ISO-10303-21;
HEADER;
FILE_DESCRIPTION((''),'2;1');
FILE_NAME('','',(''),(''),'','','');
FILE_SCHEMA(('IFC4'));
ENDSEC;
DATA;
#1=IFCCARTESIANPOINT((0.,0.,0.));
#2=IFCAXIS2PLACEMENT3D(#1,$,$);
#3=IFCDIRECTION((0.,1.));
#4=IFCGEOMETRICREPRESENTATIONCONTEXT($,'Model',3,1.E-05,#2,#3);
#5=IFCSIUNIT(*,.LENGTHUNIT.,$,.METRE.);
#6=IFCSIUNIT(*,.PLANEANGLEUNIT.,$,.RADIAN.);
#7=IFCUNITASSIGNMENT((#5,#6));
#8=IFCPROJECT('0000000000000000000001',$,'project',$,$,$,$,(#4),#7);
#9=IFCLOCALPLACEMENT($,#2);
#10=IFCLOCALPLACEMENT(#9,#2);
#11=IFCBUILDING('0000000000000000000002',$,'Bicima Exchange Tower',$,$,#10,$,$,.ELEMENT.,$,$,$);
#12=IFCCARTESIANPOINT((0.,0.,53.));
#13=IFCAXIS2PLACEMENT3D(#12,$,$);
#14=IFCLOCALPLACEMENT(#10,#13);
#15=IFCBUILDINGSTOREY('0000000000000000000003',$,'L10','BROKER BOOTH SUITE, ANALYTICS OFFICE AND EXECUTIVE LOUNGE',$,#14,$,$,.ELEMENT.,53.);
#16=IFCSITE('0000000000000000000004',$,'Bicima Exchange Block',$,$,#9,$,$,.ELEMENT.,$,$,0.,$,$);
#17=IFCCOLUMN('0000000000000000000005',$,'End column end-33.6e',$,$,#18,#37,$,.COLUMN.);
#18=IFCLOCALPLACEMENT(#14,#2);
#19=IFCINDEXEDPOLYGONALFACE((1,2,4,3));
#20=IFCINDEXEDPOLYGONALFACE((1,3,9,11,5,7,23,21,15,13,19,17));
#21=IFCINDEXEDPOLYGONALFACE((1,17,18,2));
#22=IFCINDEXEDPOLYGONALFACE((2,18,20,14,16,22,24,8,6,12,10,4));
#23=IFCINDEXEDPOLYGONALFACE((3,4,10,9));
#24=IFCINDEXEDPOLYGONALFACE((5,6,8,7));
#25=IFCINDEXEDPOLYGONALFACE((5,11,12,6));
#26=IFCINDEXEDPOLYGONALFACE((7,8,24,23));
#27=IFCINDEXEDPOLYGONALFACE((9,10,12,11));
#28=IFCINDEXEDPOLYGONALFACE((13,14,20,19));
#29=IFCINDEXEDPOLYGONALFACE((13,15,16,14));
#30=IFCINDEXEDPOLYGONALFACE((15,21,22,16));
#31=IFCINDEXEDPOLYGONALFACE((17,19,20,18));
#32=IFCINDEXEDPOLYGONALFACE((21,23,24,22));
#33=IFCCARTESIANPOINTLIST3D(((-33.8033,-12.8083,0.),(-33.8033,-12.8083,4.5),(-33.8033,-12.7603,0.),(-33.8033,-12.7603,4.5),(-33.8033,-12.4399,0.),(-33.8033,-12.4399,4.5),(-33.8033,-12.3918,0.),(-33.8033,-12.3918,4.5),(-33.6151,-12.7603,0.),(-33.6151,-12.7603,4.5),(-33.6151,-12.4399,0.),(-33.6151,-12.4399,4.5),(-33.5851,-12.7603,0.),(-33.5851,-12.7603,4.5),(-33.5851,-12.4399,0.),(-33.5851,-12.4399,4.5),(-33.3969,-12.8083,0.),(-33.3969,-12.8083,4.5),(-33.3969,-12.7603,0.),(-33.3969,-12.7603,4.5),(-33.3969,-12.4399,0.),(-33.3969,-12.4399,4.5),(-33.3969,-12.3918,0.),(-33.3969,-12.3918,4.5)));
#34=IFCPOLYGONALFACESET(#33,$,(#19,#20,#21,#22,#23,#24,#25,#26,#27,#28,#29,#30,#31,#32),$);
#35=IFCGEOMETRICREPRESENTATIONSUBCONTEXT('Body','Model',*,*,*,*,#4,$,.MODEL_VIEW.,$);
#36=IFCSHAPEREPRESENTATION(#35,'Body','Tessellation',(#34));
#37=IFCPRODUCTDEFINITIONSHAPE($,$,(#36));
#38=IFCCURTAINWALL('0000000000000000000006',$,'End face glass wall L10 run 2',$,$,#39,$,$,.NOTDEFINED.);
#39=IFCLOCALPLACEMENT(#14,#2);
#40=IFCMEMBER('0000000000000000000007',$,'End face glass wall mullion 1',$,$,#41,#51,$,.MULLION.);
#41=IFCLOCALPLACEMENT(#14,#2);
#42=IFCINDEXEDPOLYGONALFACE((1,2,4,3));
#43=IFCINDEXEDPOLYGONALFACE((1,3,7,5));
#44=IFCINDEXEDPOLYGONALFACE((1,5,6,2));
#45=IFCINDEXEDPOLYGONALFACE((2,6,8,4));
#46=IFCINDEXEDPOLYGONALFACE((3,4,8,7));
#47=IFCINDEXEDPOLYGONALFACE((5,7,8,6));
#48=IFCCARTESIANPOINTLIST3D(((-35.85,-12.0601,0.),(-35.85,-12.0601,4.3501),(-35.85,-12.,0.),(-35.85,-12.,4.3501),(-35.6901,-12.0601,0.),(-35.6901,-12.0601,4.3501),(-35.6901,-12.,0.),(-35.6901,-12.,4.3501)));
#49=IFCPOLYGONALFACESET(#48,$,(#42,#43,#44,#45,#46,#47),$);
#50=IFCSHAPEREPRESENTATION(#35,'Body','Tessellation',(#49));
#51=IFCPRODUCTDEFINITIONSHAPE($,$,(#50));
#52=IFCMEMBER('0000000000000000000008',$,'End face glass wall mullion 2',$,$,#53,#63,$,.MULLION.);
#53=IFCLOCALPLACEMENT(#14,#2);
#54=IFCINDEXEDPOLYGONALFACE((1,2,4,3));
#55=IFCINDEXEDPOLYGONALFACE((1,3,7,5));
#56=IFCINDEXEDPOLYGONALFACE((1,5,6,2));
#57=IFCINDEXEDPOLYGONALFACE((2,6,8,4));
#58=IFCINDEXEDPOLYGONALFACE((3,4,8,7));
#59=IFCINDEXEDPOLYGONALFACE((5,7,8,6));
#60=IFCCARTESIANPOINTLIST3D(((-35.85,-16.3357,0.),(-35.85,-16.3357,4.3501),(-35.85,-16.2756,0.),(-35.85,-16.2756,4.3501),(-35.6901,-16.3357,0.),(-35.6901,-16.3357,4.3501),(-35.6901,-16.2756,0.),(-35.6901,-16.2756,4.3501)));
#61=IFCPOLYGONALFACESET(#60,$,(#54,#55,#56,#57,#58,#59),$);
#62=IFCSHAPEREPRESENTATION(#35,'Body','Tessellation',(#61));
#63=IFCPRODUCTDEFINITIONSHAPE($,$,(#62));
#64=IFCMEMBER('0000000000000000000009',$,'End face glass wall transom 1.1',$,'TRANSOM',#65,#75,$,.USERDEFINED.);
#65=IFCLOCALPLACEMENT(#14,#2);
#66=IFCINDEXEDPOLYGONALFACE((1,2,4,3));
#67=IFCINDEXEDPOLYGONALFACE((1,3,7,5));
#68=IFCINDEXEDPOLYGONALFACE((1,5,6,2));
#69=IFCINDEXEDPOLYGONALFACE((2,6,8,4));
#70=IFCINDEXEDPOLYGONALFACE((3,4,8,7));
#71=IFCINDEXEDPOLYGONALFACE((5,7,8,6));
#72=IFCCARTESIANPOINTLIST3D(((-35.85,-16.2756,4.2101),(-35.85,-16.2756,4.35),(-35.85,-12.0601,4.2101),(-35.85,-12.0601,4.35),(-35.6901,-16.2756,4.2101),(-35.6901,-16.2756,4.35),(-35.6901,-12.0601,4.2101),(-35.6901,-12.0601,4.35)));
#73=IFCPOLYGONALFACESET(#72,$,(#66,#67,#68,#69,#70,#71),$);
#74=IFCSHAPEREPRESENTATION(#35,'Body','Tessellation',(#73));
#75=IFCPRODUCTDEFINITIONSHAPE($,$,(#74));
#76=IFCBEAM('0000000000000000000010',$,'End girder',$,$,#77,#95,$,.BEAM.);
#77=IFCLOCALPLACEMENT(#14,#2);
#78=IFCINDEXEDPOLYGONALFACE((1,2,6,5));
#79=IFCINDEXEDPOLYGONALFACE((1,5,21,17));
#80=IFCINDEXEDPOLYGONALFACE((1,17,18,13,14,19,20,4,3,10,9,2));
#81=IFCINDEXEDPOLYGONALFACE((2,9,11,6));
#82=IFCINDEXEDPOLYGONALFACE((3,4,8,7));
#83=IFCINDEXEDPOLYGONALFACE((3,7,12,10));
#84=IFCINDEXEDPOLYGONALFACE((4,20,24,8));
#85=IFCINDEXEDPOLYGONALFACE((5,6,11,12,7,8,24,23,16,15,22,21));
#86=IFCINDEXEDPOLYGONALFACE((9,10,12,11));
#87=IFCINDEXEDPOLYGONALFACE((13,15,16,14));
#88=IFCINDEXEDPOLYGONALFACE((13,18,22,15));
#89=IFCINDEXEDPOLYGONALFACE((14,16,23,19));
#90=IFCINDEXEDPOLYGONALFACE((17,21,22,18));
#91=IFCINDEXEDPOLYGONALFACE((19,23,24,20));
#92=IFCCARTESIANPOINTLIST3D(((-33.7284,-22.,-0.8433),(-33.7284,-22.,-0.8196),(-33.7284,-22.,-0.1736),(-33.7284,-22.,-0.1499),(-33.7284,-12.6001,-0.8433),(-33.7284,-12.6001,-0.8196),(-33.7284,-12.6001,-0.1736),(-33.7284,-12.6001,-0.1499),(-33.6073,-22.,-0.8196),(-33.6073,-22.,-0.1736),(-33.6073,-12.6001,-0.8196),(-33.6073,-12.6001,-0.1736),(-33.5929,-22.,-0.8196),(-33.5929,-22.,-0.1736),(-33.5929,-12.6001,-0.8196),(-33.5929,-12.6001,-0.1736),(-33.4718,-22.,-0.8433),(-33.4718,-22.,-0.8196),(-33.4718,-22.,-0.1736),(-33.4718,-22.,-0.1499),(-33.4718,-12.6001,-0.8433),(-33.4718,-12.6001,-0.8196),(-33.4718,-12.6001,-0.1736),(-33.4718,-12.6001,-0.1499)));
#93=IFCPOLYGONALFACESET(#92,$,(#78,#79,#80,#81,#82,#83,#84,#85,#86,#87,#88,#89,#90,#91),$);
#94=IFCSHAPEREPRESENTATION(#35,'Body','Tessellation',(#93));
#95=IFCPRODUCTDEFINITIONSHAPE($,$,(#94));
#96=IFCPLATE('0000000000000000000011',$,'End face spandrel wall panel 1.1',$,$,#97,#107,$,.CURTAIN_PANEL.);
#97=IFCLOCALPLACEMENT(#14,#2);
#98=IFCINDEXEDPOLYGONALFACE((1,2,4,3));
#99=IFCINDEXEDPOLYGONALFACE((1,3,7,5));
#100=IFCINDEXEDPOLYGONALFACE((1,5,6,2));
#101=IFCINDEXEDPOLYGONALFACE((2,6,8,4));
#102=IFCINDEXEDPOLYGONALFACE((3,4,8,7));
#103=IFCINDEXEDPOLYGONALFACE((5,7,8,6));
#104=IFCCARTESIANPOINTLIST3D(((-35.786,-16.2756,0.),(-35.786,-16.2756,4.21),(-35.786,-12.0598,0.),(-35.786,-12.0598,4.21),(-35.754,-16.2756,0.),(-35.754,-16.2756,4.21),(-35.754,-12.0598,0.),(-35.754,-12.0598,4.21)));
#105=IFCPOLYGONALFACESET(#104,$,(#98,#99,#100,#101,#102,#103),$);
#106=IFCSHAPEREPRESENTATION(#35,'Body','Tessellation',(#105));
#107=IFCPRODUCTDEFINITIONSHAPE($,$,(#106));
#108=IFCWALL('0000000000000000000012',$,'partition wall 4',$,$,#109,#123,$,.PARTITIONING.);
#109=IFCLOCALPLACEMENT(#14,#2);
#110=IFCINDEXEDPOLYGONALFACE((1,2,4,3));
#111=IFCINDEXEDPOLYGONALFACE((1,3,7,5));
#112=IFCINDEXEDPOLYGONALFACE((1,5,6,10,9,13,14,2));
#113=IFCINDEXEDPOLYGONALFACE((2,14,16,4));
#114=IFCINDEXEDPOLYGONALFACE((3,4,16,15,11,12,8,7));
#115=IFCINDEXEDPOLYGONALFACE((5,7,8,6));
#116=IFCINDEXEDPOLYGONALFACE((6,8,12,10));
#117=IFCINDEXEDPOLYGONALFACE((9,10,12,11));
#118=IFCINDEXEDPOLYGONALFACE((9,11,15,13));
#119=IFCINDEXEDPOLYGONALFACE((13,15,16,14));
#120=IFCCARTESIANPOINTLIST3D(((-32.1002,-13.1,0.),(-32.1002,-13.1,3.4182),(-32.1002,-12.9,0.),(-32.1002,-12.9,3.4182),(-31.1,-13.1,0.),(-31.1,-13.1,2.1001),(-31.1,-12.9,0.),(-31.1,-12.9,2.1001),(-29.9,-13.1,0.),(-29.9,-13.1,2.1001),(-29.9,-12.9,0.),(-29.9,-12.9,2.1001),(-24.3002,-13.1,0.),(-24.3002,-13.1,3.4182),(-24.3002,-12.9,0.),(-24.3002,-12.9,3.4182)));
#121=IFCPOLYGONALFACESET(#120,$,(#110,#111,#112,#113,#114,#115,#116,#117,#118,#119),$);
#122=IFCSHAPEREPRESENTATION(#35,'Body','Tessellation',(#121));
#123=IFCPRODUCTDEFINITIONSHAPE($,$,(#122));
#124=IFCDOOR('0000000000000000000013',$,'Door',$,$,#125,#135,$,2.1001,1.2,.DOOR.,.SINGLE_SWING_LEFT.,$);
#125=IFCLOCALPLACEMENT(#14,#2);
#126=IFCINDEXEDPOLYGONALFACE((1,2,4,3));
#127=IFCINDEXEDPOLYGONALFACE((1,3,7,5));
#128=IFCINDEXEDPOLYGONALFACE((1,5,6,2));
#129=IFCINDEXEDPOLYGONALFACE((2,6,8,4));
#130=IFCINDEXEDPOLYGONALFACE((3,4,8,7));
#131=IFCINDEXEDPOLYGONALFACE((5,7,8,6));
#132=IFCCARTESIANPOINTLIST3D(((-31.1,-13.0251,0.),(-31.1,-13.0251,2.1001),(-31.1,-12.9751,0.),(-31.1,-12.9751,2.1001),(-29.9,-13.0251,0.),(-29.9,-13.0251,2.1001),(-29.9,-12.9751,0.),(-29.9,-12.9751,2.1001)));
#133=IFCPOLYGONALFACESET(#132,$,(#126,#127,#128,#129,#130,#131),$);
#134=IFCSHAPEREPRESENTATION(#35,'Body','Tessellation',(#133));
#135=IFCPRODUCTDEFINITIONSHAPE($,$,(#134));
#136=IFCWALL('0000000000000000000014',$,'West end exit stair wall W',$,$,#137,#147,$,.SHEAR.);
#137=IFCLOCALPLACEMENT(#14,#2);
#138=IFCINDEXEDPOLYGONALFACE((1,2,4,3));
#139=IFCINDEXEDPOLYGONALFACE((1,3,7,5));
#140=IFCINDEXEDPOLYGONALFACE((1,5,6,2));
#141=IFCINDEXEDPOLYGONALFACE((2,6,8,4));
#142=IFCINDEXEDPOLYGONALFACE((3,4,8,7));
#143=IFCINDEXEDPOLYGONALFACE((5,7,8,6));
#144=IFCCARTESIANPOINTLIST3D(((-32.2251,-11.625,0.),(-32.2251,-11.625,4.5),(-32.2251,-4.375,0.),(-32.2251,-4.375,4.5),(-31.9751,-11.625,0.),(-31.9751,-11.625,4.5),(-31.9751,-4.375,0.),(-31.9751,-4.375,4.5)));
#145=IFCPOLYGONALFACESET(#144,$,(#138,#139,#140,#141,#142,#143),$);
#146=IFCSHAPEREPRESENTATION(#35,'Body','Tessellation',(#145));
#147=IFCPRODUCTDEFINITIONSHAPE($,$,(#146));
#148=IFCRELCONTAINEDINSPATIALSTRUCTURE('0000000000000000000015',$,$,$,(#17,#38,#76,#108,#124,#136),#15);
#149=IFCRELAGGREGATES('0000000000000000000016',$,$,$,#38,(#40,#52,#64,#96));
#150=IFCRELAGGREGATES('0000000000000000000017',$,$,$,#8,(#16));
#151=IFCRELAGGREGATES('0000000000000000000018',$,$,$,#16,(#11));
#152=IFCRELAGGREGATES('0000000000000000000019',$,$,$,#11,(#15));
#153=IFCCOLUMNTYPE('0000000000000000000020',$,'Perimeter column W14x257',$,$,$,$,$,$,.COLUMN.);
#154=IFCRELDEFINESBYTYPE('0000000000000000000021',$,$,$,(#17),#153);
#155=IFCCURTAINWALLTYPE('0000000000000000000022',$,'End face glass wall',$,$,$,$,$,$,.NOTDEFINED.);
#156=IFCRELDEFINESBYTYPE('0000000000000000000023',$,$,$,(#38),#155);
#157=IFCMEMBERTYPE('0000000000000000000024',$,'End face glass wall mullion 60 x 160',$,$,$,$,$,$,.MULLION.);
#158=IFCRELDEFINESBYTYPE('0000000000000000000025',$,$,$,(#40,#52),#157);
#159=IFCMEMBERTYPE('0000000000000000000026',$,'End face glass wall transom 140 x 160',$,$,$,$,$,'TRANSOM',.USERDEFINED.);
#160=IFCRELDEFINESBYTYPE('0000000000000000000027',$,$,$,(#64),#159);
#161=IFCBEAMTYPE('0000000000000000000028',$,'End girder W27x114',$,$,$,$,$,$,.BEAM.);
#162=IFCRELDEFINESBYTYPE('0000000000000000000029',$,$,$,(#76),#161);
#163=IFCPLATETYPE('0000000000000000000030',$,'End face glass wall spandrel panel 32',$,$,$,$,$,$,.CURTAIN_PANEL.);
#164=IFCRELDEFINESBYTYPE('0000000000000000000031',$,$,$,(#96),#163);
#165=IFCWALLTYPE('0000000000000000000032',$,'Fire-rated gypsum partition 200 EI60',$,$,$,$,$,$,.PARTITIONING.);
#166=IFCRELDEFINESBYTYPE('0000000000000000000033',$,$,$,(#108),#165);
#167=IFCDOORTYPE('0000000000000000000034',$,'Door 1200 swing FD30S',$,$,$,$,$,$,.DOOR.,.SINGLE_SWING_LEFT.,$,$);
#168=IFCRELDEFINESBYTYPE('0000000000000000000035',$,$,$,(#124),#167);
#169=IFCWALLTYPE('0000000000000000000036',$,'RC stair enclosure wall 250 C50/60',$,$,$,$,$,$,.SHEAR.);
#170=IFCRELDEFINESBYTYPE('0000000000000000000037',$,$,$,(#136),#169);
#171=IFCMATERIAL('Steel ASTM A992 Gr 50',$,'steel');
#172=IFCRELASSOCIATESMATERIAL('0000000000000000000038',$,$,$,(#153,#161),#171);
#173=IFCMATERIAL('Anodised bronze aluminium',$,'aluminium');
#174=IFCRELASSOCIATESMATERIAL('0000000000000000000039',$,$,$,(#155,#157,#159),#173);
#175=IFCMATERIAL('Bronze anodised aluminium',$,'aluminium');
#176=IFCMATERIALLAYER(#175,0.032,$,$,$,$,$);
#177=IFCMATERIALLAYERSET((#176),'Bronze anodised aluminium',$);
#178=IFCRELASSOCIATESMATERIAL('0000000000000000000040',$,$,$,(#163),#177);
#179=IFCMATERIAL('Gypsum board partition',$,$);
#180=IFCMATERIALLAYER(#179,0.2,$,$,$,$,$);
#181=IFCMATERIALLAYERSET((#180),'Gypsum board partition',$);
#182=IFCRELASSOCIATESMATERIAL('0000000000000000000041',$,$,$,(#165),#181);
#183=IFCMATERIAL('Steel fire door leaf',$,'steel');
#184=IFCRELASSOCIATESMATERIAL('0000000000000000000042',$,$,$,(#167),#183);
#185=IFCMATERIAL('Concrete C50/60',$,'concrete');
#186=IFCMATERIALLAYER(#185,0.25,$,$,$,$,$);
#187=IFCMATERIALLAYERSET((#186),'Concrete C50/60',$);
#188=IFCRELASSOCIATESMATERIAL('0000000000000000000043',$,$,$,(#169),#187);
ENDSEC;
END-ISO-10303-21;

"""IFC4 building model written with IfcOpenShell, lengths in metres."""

from ifc_helpers import new_model, si_unit, direction, frame, frame_2d, origin, origin_2d, place, context, subcontext, project, spatial, rectangle, i_section, extrude, material, layer, layer_set, material_profile, profile_set, type_object, element, fill, aggregate, save


model = new_model("IFC4")

# Units and contexts
model_context = context("Model", 3, precision=1e-05, world=origin(), true_north=direction((0.0, 1.0)))
body_context = subcontext(model_context, "Body", "Model", "MODEL_VIEW")
ifc_project = project(units=[si_unit("LENGTHUNIT", "METRE"), si_unit("PLANEANGLEUNIT", "RADIAN")], contexts=[model_context])

# Site, building, storey
site_placement = place(None, origin())
site = spatial("IfcSite", under=ifc_project, at=site_placement, Name="Bicima Exchange Block", CompositionType="ELEMENT", RefElevation=0.0)
building_placement = place(site_placement, origin())
building = spatial("IfcBuilding", under=site, at=building_placement, Name="Bicima Exchange Tower", CompositionType="ELEMENT")
storey_placement = place(building_placement, frame((0.0, 0.0, 53.0)))
storey = spatial("IfcBuildingStorey", under=building, at=storey_placement, Name="L10", Description="BROKER BOOTH SUITE, ANALYTICS OFFICE AND EXECUTIVE LOUNGE", CompositionType="ELEMENT", Elevation=53.0)

# Column
ifc_material_1 = material(Name="Steel ASTM A992 Gr 50", Category="steel")
ifc_material_profile_1 = material_profile(ifc_material_1, i_section(OverallWidth=0.4065, OverallDepth=0.4165, WebThickness=0.03, FlangeThickness=0.0481, at=origin_2d()))
ifc_profile_set_1 = profile_set([ifc_material_profile_1], Name="Steel ASTM A992 Gr 50")
column_type = type_object("IfcColumnType", Name="Perimeter column W14x257", PredefinedType="COLUMN", material=ifc_profile_set_1)
column_placement = place(storey_placement, frame((-33.6001, -12.6001, 0.0), z_axis=(0.0, 0.0, 1.0), x_axis=(1.0, 0.0, 0.0)))
element("IfcColumn", 1, at=column_placement, inside=storey, type_object=column_type, Name="End column end-33.6e", PredefinedType="COLUMN", context=body_context, shape_type="SweptSolid", body=[
    extrude(i_section(OverallWidth=0.4065, OverallDepth=0.4165, WebThickness=0.03, FlangeThickness=0.0481, at=origin_2d()), origin(), (0.0, 0.0, 1.0), 4.5),
])

# Curtain wall, members
ifc_material_2 = material(Name="Anodised bronze aluminium", Category="aluminium")
curtain_wall_type = type_object("IfcCurtainWallType", Name="End face glass wall", PredefinedType="NOTDEFINED", material=ifc_material_2)
curtain_wall_placement = place(storey_placement, origin())
curtain_wall = element("IfcCurtainWall", 2, at=curtain_wall_placement, inside=storey, type_object=curtain_wall_type, Name="End face glass wall L10 run 2", PredefinedType="NOTDEFINED")
ifc_material_profile_2 = material_profile(ifc_material_2, rectangle(XDim=0.1599, YDim=0.0601, at=origin_2d()))
ifc_profile_set_2 = profile_set([ifc_material_profile_2], Name="Anodised bronze aluminium")
member_type_1 = type_object("IfcMemberType", Name="End face glass wall mullion 60 x 160", PredefinedType="MULLION", material=ifc_profile_set_2)
member_1_placement = place(storey_placement, frame((-35.77, -12.03, 0.0), z_axis=(0.0, 0.0, 1.0), x_axis=(1.0, 0.0, 0.0)))
member_1 = element("IfcMember", 3, at=member_1_placement, type_object=member_type_1, Name="End face glass wall mullion 1", PredefinedType="MULLION", context=body_context, shape_type="SweptSolid", body=[
    extrude(rectangle(XDim=0.1599, YDim=0.0601, at=origin_2d()), origin(), (0.0, 0.0, 1.0), 4.3501),
])
member_2_placement = place(storey_placement, frame((-35.77, -16.3057, 0.0), z_axis=(0.0, 0.0, 1.0), x_axis=(1.0, 0.0, 0.0)))
member_2 = element("IfcMember", 4, at=member_2_placement, type_object=member_type_1, Name="End face glass wall mullion 2", PredefinedType="MULLION", context=body_context, shape_type="SweptSolid", body=[
    extrude(rectangle(XDim=0.1599, YDim=0.0601, at=origin_2d()), origin(), (0.0, 0.0, 1.0), 4.3501),
])
ifc_material_profile_3 = material_profile(ifc_material_2, rectangle(XDim=0.1599, YDim=0.1399, at=origin_2d()))
ifc_profile_set_3 = profile_set([ifc_material_profile_3], Name="Anodised bronze aluminium")
member_type_2 = type_object("IfcMemberType", Name="End face glass wall transom 140 x 160", ElementType="TRANSOM", PredefinedType="USERDEFINED", material=ifc_profile_set_3)
member_3_placement = place(storey_placement, frame((-35.77, -12.0601, 4.28), z_axis=(0.0, -1.0, 0.0), x_axis=(1.0, 0.0, 0.0)))
member_3 = element("IfcMember", 5, at=member_3_placement, type_object=member_type_2, Name="End face glass wall transom 1.1", ObjectType="TRANSOM", PredefinedType="USERDEFINED", context=body_context, shape_type="SweptSolid", body=[
    extrude(rectangle(XDim=0.1599, YDim=0.1399, at=origin_2d()), origin(), (0.0, 0.0, 1.0), 4.2156),
])

# Beam
ifc_material_profile_4 = material_profile(ifc_material_1, i_section(OverallWidth=0.2566, OverallDepth=0.6934, WebThickness=0.0144, FlangeThickness=0.0237, at=origin_2d()))
ifc_profile_set_4 = profile_set([ifc_material_profile_4], Name="Steel ASTM A992 Gr 50")
beam_type = type_object("IfcBeamType", Name="End girder W27x114", PredefinedType="BEAM", material=ifc_profile_set_4)
beam_placement = place(storey_placement, frame((-33.6001, -12.6001, -0.4966), z_axis=(0.0, -1.0, 0.0), x_axis=(1.0, 0.0, 0.0)))
element("IfcBeam", 6, at=beam_placement, inside=storey, type_object=beam_type, Name="End girder", PredefinedType="BEAM", context=body_context, shape_type="SweptSolid", body=[
    extrude(i_section(OverallWidth=0.2566, OverallDepth=0.6934, WebThickness=0.0144, FlangeThickness=0.0237, at=origin_2d()), origin(), (0.0, 0.0, 1.0), 9.3999),
])

# Plate
ifc_material_3 = material(Name="Bronze anodised aluminium", Category="aluminium")
ifc_layer_1 = layer(ifc_material_3, 0.032)
ifc_layer_set_1 = layer_set([ifc_layer_1], Name="Bronze anodised aluminium")
plate_type = type_object("IfcPlateType", Name="End face glass wall spandrel panel 32", PredefinedType="CURTAIN_PANEL", material=ifc_layer_set_1)
plate_placement = place(storey_placement, frame((-35.77, -14.1677, 0.0), z_axis=(0.0, 0.0, 1.0), x_axis=(0.0, -1.0, 0.0)))
plate = element("IfcPlate", 7, at=plate_placement, type_object=plate_type, Name="End face spandrel wall panel 1.1", PredefinedType="CURTAIN_PANEL", context=body_context, shape_type="SweptSolid", body=[
    extrude(rectangle(XDim=4.2158, YDim=0.032, at=origin_2d()), origin(), (0.0, 0.0, 1.0), 4.21),
])
aggregate(curtain_wall, [member_1, member_2, member_3, plate])

# Shared definitions
ifc_material_4 = material(Name="Gypsum board partition")
ifc_layer_2 = layer(ifc_material_4, 0.2)
ifc_layer_set_2 = layer_set([ifc_layer_2], Name="Gypsum board partition")
wall_type_1 = type_object("IfcWallType", Name="Fire-rated gypsum partition 200 EI60", PredefinedType="PARTITIONING", material=ifc_layer_set_2)
ifc_material_5 = material(Name="Steel fire door leaf", Category="steel")

# Wall, opening, door
wall_1_placement = place(storey_placement, frame((-32.1001, -13.0, 0.0), z_axis=(0.0, 0.0, 1.0), x_axis=(1.0, 0.0, 0.0)))
wall_1 = element("IfcWall", 8, at=wall_1_placement, inside=storey, type_object=wall_type_1, Name="partition wall 4", PredefinedType="PARTITIONING", context=body_context, shape_type="SweptSolid", body=[
    extrude(rectangle(XDim=7.8, YDim=0.2, at=frame_2d((3.8999, 0.0))), origin(), (0.0, 0.0, 1.0), 3.4182),
])
opening_1_placement = place(wall_1_placement, frame((1.0, 0.0, 0.0)))
opening_1 = element("IfcOpeningElement", 9, at=opening_1_placement, cuts=wall_1, PredefinedType="OPENING", context=body_context, shape_type="SweptSolid", body=[
    extrude(rectangle(XDim=1.2, YDim=2.1001, at=frame_2d((0.6001, 1.05))), frame((0.0, 0.1118, 0.0), z_axis=(0.0, -1.0, 0.0), x_axis=(1.0, 0.0, 0.0)), (0.0, 0.0, 1.0), 0.2239),
])
door_type_1 = type_object("IfcDoorType", Name="Door 1200 swing FD30S", OperationType="SINGLE_SWING_LEFT", PredefinedType="DOOR", material=ifc_material_5)
door_1_placement = place(opening_1_placement, origin())
door_1 = element("IfcDoor", 10, at=door_1_placement, inside=storey, type_object=door_type_1, Name="Door", OperationType="SINGLE_SWING_LEFT", OverallHeight=2.1001, OverallWidth=1.2, PredefinedType="DOOR", context=body_context, shape_type="SweptSolid", body=[
    extrude(rectangle(XDim=1.2, YDim=2.1001, at=frame_2d((0.6001, 1.05))), frame((0.0, 0.0249, 0.0), z_axis=(0.0, -1.0, 0.0), x_axis=(1.0, 0.0, 0.0)), (0.0, 0.0, 1.0), 0.05),
])
fill(opening_1, door_1)

# Wall
ifc_material_6 = material(Name="Concrete C50/60", Category="concrete")
ifc_layer_3 = layer(ifc_material_6, 0.25)
ifc_layer_set_3 = layer_set([ifc_layer_3], Name="Concrete C50/60")
wall_type_2 = type_object("IfcWallType", Name="RC stair enclosure wall 250 C50/60", PredefinedType="SHEAR", material=ifc_layer_set_3)
wall_2_placement = place(storey_placement, frame((-32.1001, -11.625, 0.0), z_axis=(0.0, 0.0, 1.0), x_axis=(0.0, 1.0, 0.0)))
element("IfcWall", 11, at=wall_2_placement, inside=storey, type_object=wall_type_2, Name="West end exit stair wall W", PredefinedType="SHEAR", context=body_context, shape_type="SweptSolid", body=[
    extrude(rectangle(XDim=7.25, YDim=0.25, at=frame_2d((3.625, 0.0))), origin(), (0.0, 0.0, 1.0), 4.5),
])

save(model, "model.ifc")
